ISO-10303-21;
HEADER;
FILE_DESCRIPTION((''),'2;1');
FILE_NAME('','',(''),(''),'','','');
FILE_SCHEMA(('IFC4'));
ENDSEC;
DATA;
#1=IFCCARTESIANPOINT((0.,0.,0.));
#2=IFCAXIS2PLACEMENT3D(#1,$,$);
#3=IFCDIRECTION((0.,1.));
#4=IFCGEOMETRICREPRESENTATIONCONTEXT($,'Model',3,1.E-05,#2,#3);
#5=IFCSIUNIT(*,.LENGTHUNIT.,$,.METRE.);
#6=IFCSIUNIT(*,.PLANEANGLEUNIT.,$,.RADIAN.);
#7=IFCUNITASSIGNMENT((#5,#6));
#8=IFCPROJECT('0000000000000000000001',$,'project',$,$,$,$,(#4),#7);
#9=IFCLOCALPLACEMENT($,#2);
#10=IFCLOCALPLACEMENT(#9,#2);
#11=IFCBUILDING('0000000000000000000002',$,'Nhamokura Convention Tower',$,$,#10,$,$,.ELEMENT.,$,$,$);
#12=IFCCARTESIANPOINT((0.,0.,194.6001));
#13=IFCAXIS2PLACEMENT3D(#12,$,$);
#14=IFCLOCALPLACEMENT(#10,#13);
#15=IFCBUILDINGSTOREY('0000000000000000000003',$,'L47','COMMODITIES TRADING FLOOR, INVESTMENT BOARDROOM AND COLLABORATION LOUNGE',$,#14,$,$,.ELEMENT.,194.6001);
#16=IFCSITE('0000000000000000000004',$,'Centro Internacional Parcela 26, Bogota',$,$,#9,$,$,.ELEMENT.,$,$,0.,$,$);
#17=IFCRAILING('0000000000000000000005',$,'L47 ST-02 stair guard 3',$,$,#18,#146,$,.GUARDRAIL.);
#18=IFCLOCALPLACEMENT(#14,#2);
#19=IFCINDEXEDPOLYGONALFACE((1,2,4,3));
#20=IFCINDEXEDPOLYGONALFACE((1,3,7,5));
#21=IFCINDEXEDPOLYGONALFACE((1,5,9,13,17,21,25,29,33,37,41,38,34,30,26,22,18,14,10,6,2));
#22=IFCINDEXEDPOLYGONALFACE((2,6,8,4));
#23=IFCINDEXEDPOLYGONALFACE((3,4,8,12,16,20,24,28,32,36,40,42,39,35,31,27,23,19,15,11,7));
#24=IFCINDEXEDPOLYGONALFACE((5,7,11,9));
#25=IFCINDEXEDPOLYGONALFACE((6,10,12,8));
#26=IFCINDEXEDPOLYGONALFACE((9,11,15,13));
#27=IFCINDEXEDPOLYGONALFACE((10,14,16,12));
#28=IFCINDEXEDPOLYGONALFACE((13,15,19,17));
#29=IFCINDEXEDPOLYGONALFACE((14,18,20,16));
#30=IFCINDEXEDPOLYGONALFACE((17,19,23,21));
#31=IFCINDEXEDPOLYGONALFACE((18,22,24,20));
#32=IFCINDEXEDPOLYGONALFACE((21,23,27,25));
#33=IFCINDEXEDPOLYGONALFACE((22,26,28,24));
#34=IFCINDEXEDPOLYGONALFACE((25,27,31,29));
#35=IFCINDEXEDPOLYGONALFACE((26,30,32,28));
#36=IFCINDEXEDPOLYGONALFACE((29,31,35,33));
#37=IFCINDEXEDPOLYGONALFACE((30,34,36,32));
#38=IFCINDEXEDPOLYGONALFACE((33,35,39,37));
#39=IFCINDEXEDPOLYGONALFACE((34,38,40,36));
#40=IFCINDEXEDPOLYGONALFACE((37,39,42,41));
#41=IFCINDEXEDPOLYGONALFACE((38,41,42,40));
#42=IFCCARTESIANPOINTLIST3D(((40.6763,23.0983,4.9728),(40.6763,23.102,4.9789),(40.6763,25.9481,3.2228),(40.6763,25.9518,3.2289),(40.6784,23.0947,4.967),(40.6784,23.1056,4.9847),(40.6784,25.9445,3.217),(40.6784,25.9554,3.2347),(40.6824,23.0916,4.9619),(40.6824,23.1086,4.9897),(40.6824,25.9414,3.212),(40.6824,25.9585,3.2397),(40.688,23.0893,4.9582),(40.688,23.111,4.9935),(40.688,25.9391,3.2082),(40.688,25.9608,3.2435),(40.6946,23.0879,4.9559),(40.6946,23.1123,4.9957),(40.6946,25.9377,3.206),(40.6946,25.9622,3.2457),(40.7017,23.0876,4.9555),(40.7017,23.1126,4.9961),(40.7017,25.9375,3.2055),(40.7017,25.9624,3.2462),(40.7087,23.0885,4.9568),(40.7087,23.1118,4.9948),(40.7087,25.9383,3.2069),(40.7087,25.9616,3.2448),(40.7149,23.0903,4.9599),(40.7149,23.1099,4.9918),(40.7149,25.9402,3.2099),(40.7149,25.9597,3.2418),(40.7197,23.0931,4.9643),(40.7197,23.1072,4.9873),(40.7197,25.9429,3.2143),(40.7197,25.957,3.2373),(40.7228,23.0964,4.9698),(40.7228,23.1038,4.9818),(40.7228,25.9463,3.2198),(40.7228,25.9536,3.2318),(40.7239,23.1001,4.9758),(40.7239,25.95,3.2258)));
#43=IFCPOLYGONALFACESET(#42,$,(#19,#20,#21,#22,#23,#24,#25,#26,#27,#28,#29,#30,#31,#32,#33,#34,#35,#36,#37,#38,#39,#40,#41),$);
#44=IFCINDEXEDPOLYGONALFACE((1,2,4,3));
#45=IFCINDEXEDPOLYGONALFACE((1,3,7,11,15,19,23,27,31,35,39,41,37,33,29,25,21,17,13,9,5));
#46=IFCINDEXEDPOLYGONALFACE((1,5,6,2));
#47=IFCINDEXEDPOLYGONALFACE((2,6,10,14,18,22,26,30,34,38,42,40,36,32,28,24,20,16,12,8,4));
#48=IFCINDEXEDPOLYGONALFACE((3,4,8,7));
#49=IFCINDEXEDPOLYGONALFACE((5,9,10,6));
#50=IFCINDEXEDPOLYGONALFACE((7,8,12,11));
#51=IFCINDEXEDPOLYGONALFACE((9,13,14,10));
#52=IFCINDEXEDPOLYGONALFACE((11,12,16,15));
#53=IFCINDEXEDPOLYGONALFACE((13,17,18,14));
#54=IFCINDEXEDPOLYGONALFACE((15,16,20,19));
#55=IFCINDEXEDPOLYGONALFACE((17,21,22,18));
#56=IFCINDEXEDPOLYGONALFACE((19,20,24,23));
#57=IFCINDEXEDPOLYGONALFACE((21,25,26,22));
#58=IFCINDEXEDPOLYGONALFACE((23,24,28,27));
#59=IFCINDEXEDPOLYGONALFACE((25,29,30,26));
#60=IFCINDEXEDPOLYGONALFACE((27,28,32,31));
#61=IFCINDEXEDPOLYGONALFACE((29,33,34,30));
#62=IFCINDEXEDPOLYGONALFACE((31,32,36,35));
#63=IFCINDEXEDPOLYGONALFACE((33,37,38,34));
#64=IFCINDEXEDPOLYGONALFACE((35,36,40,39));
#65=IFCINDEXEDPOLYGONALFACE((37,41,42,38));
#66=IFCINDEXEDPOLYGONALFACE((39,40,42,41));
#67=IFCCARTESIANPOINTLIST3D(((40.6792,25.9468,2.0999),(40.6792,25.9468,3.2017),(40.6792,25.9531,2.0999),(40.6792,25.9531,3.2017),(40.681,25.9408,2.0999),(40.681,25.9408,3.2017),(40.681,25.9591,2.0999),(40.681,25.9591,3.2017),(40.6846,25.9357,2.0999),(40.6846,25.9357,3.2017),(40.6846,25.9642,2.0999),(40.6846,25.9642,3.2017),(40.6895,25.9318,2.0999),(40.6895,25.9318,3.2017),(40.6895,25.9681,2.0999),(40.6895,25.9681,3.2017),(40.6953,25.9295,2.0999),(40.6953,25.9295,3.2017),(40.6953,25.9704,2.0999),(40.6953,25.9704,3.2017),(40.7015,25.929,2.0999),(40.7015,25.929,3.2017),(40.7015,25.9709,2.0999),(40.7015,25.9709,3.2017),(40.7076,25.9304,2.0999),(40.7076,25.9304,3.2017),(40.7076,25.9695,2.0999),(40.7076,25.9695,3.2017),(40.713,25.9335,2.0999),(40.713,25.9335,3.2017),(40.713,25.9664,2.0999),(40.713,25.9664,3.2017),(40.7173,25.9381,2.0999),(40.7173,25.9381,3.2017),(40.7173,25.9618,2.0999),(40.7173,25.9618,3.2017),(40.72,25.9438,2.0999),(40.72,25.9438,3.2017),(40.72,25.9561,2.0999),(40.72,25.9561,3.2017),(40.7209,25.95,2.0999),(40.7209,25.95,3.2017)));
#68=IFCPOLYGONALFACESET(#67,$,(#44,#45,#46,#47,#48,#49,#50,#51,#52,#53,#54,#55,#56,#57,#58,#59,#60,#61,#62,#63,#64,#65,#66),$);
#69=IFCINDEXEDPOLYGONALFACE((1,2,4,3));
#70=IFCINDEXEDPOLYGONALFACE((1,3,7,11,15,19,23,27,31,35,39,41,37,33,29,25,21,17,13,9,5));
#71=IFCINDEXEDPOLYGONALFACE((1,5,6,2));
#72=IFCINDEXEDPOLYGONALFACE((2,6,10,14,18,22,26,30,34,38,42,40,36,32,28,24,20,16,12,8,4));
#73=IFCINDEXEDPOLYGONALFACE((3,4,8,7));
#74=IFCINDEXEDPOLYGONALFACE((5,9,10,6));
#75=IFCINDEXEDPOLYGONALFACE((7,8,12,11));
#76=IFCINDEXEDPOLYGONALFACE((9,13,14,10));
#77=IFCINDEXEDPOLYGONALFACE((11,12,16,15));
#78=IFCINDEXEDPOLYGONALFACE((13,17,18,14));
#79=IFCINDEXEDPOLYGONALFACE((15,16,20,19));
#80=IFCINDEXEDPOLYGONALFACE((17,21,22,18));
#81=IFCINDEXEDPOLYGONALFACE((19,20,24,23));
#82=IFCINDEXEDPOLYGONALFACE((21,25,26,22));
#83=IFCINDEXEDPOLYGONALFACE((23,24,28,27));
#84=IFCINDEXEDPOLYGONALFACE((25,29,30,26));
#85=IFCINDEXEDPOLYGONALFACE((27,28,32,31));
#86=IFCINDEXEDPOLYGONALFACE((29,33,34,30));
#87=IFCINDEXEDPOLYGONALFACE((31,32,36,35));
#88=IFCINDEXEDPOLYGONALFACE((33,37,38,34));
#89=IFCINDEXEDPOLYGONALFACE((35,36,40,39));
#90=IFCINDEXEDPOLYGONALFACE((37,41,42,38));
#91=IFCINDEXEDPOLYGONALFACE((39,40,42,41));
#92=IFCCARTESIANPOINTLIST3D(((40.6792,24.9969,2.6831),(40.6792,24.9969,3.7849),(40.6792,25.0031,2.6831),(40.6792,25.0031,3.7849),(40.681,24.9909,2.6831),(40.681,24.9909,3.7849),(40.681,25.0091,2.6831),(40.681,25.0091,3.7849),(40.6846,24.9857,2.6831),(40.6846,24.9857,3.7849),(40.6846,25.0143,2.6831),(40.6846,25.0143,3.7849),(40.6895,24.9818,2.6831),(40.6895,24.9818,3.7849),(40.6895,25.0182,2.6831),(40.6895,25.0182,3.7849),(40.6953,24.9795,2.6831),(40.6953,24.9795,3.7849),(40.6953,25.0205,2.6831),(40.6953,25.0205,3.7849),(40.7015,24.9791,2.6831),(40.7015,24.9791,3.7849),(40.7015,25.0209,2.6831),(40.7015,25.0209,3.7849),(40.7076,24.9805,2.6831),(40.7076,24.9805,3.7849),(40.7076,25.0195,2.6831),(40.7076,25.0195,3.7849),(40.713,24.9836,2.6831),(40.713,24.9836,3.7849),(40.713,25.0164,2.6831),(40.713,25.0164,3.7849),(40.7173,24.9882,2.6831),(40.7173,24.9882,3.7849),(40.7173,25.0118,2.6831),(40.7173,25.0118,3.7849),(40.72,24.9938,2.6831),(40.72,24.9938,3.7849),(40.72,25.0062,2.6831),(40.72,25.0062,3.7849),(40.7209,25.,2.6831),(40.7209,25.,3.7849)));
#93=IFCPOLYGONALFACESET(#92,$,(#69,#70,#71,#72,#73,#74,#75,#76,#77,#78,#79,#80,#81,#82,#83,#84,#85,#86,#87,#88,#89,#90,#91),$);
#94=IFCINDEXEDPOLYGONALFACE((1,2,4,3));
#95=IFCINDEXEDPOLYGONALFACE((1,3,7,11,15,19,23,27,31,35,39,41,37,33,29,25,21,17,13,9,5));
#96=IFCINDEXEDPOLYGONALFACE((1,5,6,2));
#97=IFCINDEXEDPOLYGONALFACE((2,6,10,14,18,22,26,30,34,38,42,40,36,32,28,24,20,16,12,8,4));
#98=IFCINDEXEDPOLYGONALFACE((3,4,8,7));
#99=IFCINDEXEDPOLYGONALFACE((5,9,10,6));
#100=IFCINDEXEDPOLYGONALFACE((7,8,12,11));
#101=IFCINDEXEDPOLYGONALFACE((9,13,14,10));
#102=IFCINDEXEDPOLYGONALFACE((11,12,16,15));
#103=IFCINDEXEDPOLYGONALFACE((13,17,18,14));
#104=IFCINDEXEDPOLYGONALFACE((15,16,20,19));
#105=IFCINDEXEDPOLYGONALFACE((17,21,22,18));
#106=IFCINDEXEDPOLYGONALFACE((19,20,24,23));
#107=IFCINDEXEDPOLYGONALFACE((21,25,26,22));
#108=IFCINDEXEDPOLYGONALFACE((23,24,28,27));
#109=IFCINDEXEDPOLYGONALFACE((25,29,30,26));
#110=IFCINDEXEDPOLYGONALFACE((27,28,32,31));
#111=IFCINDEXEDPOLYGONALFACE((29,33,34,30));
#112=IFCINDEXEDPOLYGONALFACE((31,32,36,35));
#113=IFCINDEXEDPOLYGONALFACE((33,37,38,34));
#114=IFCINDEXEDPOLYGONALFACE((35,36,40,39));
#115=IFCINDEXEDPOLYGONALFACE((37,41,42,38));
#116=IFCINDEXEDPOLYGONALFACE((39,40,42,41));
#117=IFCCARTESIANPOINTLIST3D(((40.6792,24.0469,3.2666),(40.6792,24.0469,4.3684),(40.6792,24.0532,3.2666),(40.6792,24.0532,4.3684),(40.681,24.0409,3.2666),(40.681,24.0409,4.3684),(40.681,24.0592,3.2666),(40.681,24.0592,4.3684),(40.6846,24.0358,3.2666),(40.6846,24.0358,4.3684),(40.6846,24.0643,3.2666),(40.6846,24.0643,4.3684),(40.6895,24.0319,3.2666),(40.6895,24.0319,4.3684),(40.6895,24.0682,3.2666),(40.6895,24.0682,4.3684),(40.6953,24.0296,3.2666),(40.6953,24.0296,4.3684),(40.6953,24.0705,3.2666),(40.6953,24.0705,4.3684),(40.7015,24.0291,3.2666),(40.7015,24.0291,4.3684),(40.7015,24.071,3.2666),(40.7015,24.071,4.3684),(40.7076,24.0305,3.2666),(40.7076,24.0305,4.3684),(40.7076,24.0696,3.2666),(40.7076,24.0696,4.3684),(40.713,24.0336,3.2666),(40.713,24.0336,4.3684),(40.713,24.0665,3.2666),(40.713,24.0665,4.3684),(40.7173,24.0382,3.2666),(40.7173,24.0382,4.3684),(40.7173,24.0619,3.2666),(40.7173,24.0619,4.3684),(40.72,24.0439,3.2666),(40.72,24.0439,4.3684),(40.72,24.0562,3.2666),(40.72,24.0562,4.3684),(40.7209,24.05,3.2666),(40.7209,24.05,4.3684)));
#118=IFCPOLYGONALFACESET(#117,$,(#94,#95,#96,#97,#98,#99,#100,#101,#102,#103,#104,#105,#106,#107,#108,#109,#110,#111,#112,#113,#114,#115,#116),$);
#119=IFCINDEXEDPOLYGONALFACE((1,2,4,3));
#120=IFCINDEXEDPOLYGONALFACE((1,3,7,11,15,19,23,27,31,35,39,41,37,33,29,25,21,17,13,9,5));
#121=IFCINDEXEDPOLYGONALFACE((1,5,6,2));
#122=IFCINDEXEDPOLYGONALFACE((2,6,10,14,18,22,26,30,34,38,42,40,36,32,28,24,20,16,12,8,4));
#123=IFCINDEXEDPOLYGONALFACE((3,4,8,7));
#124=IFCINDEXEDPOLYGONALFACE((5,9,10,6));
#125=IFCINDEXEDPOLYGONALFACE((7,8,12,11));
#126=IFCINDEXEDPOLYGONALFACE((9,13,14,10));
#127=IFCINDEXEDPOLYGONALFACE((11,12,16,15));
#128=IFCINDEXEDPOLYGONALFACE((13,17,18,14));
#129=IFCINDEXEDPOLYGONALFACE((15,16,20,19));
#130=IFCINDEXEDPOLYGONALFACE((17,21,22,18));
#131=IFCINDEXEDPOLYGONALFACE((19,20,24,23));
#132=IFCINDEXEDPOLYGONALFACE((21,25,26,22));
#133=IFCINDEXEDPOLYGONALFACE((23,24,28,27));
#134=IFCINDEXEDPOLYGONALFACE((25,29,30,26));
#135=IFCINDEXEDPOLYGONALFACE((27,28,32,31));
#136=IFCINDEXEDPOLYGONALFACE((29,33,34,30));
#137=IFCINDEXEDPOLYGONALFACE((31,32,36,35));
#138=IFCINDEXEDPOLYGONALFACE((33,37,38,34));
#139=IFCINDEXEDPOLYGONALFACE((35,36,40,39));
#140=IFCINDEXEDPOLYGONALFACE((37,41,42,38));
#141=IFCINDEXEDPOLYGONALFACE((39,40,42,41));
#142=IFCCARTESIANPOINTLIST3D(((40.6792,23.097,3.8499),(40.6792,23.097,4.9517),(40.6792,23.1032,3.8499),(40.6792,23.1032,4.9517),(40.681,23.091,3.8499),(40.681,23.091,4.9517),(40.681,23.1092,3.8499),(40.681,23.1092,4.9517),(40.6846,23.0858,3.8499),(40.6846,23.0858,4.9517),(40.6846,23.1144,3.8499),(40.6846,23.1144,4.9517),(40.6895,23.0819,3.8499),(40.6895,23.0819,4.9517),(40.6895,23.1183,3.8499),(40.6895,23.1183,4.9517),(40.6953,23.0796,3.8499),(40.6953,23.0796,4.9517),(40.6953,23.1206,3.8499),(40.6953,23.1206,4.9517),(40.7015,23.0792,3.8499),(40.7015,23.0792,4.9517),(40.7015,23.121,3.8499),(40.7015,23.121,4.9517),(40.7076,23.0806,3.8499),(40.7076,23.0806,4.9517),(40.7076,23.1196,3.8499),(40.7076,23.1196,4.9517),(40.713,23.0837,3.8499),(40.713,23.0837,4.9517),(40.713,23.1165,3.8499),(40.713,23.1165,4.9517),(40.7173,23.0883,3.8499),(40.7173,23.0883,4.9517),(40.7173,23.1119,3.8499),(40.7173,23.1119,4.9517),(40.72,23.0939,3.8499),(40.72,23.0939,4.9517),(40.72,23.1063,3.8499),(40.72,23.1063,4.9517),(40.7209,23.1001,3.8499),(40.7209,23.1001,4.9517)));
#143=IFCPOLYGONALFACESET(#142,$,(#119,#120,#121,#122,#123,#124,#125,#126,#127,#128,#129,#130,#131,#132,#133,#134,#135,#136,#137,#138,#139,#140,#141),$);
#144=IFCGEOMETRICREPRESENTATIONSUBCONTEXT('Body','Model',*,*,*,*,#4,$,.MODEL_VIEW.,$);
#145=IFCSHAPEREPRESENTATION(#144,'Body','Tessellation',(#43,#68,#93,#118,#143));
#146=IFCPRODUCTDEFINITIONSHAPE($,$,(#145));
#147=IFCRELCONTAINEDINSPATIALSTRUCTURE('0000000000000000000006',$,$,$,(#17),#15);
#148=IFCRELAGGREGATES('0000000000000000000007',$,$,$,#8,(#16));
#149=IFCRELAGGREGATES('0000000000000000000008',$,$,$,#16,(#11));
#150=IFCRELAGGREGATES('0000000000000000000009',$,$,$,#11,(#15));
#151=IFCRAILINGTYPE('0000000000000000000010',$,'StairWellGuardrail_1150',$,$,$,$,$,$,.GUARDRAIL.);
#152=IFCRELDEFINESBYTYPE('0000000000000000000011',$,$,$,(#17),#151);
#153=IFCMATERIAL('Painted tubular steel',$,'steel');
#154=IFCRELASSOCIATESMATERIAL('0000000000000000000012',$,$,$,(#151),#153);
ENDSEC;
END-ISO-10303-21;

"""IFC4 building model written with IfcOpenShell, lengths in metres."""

from ifc_helpers import new_model, si_unit, direction, frame, origin, origin_2d, place, context, subcontext, project, spatial, circle, extrude, material, type_object, element, save


model = new_model("IFC4")

# Units and contexts
model_context = context("Model", 3, precision=1e-05, world=origin(), true_north=direction((0.0, 1.0)))
body_context = subcontext(model_context, "Body", "Model", "MODEL_VIEW")
ifc_project = project(units=[si_unit("LENGTHUNIT", "METRE"), si_unit("PLANEANGLEUNIT", "RADIAN")], contexts=[model_context])

# Site, building, storey
site_placement = place(None, origin())
site = spatial("IfcSite", under=ifc_project, at=site_placement, Name="Centro Internacional Parcela 26, Bogota", CompositionType="ELEMENT", RefElevation=0.0)
building_placement = place(site_placement, origin())
building = spatial("IfcBuilding", under=site, at=building_placement, Name="Nhamokura Convention Tower", CompositionType="ELEMENT")
storey_placement = place(building_placement, frame((0.0, 0.0, 194.6001)))
storey = spatial("IfcBuildingStorey", under=building, at=storey_placement, Name="L47", Description="COMMODITIES TRADING FLOOR, INVESTMENT BOARDROOM AND COLLABORATION LOUNGE", CompositionType="ELEMENT", Elevation=194.6001)

# Railing
ifc_material_1 = material(Name="Painted tubular steel", Category="steel")
railing_type_1 = type_object("IfcRailingType", Name="StairWellGuardrail_1150", PredefinedType="GUARDRAIL", material=ifc_material_1)
railing_1_placement = place(storey_placement, frame((40.7, 25.95, 2.0999)))
element("IfcRailing", 1, at=railing_1_placement, inside=storey, type_object=railing_type_1, Name="L47 ST-02 stair guard 3", PredefinedType="GUARDRAIL", context=body_context, shape_type="SweptSolid", body=[
    extrude(circle(Radius=0.0239, at=origin_2d()), frame((0.0, 0.0, 1.126), z_axis=(0.0, -0.852159, 0.523283), x_axis=(1.0, 0.0, 0.0)), (0.0, 0.0, 1.0), 3.3442),
    extrude(circle(Radius=0.021, at=origin_2d()), origin(), (0.0, 0.0, 1.0), 1.1018),
    extrude(circle(Radius=0.021, at=origin_2d()), frame((0.0, -0.95, 0.5833)), (0.0, 0.0, 1.0), 1.1018),
    extrude(circle(Radius=0.021, at=origin_2d()), frame((0.0, -1.8999, 1.1667)), (0.0, 0.0, 1.0), 1.1018),
    extrude(circle(Radius=0.021, at=origin_2d()), frame((0.0, -2.8499, 1.75)), (0.0, 0.0, 1.0), 1.1018),
])

save(model, "model.ifc")
